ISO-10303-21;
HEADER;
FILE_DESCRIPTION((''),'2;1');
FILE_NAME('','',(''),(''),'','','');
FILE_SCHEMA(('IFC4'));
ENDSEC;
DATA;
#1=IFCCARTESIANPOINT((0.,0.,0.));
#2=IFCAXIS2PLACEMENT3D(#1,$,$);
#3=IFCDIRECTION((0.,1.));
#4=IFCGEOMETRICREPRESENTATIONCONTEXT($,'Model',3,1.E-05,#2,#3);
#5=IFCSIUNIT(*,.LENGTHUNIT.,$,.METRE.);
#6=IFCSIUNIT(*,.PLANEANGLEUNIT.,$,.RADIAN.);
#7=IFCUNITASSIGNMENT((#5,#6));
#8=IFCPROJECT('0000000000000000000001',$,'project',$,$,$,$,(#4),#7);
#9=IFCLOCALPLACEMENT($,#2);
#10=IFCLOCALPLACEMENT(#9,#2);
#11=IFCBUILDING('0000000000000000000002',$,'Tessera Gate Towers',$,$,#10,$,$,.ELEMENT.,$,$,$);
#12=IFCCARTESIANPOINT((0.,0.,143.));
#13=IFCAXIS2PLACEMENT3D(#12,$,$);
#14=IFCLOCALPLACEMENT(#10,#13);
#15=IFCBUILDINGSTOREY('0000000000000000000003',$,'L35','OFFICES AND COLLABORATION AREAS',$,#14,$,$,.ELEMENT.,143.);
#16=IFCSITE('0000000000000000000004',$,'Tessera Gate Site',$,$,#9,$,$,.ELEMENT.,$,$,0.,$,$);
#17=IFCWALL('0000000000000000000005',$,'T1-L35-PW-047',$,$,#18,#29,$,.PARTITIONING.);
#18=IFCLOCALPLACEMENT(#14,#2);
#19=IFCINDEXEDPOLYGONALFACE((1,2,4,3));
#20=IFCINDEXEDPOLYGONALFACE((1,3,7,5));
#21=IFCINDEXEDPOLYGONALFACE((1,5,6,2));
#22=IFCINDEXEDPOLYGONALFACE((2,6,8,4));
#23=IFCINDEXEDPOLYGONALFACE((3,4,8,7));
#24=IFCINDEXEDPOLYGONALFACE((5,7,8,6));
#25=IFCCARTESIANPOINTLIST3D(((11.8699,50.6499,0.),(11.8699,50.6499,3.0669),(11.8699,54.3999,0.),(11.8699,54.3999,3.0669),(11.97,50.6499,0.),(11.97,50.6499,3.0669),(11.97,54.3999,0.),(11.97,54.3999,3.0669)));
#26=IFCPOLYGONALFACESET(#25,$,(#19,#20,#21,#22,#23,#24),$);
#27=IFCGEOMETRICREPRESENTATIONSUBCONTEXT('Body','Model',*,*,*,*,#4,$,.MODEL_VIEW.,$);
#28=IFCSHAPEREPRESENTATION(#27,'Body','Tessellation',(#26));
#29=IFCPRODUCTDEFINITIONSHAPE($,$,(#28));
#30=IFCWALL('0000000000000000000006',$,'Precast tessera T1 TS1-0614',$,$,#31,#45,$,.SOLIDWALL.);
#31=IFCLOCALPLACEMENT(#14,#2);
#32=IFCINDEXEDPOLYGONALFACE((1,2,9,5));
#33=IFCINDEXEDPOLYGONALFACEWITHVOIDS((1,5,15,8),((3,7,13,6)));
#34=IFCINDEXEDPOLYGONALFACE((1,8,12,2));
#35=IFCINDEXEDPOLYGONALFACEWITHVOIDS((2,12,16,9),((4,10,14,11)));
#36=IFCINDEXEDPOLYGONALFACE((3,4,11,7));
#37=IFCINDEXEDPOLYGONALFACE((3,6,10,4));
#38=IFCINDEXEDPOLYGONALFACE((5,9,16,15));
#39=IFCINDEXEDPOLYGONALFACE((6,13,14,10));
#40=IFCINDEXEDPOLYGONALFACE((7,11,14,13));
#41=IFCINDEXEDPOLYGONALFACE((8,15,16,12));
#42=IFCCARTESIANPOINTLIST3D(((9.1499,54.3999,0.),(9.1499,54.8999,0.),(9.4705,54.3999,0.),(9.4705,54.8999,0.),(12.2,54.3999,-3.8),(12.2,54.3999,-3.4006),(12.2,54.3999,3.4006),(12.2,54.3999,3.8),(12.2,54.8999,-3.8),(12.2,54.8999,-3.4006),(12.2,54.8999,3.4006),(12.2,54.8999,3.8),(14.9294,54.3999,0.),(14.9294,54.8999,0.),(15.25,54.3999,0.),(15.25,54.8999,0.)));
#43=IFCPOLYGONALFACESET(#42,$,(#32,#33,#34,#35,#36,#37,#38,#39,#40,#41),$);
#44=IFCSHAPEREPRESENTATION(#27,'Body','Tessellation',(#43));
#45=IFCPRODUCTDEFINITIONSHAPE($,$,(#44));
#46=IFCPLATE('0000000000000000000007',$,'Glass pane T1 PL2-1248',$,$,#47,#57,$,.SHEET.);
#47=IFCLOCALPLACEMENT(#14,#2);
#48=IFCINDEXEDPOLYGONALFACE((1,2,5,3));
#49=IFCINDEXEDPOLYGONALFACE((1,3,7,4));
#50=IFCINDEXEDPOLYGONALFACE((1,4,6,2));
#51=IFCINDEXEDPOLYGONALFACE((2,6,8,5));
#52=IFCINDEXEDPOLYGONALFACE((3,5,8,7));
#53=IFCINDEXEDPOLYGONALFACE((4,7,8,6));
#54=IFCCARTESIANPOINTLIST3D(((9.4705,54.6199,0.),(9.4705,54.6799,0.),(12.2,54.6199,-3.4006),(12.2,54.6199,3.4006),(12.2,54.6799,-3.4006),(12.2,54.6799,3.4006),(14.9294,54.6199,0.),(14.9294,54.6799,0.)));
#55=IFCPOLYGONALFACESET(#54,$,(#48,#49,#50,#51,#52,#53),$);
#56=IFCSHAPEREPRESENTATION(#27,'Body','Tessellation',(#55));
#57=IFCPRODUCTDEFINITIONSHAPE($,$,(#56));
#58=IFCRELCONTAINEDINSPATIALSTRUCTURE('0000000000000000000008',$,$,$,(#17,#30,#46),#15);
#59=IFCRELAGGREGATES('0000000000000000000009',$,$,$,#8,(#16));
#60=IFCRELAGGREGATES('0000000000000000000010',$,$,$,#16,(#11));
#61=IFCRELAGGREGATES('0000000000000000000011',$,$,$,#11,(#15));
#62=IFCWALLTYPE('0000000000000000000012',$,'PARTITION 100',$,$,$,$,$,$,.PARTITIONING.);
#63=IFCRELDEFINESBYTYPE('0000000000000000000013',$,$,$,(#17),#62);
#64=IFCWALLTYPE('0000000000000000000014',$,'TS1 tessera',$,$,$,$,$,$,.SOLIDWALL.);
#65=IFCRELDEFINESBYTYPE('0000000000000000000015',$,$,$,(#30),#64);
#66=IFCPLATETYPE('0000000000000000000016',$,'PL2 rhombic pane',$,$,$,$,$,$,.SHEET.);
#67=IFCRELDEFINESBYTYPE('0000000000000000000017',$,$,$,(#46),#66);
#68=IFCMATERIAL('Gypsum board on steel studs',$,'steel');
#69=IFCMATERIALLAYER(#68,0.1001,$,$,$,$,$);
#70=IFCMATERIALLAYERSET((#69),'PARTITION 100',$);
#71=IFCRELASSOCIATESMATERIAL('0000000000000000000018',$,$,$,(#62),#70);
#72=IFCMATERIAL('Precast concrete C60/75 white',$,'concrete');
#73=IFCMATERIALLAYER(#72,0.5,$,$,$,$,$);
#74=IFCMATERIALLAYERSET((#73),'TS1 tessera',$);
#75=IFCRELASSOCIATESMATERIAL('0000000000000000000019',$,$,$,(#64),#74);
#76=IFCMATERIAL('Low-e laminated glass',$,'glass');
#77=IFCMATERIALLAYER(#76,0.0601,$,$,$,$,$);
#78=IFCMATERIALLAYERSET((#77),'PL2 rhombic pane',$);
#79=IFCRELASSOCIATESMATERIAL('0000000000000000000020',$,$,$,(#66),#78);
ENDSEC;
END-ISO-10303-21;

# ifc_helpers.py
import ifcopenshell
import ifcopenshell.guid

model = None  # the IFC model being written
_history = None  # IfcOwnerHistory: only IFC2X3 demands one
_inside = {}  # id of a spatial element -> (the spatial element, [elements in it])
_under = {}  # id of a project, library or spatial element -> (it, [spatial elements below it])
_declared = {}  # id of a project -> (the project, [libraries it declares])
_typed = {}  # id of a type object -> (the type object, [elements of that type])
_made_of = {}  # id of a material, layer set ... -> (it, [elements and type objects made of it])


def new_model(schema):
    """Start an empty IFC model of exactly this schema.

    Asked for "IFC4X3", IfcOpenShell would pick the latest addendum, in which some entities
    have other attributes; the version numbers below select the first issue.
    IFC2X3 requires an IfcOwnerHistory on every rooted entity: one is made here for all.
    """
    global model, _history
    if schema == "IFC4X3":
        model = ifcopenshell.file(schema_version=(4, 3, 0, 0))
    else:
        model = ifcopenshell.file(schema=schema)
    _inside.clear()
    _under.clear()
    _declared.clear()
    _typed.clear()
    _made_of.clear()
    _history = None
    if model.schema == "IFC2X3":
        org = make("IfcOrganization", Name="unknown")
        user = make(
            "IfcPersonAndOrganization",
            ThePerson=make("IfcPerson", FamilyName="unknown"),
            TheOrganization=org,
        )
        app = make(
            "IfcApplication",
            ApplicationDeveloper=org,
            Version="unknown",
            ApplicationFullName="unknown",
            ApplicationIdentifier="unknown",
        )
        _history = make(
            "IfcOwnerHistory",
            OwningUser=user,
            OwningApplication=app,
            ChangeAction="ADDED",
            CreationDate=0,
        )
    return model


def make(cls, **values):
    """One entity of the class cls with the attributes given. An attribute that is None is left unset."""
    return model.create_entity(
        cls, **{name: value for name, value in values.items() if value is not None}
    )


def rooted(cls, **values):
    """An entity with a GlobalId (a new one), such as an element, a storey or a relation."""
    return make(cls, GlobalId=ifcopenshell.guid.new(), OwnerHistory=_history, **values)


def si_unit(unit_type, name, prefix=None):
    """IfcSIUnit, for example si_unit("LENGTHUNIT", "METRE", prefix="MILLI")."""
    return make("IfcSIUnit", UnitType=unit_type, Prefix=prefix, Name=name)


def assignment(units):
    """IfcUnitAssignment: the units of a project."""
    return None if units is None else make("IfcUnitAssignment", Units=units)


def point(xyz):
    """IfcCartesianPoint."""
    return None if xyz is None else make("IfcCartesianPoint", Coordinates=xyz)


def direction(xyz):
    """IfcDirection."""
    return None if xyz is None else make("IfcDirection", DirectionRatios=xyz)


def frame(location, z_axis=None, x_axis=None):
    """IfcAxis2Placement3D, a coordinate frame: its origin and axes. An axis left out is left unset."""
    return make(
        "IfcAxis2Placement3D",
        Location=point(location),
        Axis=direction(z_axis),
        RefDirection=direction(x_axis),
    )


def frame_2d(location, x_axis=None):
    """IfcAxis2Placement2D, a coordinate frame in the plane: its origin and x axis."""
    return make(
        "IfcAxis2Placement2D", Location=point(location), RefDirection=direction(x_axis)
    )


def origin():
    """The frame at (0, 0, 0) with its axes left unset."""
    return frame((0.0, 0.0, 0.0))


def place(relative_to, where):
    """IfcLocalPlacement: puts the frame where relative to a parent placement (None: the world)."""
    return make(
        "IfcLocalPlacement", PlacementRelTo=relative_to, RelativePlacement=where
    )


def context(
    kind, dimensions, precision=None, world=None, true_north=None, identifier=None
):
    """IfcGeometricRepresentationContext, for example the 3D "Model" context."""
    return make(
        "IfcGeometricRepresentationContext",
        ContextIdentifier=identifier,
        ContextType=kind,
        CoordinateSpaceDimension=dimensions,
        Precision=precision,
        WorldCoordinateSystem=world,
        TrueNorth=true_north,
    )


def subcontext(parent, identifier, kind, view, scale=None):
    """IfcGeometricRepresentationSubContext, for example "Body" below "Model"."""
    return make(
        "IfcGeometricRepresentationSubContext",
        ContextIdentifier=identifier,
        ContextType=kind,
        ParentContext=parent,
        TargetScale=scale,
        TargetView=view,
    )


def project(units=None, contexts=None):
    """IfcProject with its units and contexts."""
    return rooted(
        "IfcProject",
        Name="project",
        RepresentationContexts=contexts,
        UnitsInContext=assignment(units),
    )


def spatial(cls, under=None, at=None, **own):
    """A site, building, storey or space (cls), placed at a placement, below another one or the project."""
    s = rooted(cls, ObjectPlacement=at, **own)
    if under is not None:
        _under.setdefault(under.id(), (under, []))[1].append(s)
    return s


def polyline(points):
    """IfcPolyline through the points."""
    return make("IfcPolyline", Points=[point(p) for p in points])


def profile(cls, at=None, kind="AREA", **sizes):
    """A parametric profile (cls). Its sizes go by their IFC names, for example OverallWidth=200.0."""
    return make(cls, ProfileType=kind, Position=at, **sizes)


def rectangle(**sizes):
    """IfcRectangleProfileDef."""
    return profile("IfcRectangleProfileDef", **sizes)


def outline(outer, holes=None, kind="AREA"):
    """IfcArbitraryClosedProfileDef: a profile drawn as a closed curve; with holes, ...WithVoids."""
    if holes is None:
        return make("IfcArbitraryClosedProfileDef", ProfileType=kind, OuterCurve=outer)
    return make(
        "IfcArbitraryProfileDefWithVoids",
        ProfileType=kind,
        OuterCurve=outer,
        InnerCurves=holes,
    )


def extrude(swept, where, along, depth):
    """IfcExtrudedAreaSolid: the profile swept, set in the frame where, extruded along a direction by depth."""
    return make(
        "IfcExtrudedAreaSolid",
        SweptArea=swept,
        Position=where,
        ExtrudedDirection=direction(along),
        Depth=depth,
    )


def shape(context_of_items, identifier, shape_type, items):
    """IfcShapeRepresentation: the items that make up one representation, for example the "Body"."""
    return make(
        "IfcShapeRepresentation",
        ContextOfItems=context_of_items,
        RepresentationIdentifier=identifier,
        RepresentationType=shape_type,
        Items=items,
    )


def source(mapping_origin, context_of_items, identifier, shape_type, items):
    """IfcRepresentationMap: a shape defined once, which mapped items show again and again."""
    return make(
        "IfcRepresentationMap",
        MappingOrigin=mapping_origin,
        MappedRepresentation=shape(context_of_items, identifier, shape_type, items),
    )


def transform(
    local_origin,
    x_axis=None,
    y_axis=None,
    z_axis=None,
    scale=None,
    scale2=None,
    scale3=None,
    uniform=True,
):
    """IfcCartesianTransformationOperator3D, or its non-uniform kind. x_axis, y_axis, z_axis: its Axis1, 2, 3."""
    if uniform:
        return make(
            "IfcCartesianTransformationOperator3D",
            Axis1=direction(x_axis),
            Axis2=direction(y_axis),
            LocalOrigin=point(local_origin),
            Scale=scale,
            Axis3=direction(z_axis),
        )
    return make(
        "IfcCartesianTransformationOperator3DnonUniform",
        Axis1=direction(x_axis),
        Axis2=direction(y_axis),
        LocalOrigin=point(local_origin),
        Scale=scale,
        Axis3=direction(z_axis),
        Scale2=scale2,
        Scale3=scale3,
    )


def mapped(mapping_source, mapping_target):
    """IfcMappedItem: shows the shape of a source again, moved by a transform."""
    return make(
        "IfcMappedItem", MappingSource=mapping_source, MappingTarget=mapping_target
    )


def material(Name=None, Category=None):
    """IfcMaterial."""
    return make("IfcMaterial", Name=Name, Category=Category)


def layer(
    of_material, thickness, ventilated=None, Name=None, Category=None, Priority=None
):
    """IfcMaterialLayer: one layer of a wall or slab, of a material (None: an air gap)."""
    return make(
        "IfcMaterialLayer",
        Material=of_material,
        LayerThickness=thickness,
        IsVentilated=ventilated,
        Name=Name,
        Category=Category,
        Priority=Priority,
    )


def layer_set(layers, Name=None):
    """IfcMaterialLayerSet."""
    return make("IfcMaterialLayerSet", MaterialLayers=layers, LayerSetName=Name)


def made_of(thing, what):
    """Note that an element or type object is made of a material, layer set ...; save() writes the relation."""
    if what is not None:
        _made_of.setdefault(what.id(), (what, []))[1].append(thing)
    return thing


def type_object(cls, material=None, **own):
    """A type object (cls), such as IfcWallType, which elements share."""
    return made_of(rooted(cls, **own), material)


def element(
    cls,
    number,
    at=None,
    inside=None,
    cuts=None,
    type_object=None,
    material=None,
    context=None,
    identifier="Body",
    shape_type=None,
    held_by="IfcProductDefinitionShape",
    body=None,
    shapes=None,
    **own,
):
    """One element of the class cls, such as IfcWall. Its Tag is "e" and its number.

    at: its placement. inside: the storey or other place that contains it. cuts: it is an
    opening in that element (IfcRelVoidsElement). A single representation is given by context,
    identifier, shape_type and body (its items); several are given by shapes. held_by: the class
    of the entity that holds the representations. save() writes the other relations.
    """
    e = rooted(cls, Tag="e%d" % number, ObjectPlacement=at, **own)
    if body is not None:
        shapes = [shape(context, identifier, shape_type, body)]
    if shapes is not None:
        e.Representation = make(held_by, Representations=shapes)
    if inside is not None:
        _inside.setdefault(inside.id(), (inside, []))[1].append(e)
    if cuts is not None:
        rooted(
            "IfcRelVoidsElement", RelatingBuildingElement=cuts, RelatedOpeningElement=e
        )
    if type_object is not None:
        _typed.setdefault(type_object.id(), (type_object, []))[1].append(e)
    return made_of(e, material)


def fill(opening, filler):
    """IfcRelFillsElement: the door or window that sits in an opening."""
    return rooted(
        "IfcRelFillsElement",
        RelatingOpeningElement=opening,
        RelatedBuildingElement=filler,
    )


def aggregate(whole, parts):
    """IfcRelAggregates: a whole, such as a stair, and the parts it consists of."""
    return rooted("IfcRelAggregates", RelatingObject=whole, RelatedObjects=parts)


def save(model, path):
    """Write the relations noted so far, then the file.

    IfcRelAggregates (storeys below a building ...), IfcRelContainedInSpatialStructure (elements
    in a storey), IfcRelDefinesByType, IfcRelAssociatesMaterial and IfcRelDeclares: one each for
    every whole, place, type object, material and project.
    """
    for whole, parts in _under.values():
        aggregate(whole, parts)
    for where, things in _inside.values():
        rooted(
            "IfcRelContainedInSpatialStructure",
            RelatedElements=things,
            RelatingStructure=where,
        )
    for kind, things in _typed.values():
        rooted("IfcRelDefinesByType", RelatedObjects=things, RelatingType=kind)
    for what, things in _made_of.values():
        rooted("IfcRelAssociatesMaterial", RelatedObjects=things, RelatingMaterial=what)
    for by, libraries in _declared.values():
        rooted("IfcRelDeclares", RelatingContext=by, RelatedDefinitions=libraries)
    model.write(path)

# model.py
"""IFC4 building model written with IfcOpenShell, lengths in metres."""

from ifc_helpers import new_model, si_unit, direction, frame, frame_2d, origin, place, context, subcontext, project, spatial, polyline, rectangle, outline, extrude, source, transform, mapped, material, layer, layer_set, type_object, element, fill, save


model = new_model("IFC4")

# Units and contexts
model_context = context("Model", 3, precision=1e-05, world=origin(), true_north=direction((0.0, 1.0)))
body_context = subcontext(model_context, "Body", "Model", "MODEL_VIEW")
ifc_project = project(units=[si_unit("LENGTHUNIT", "METRE"), si_unit("PLANEANGLEUNIT", "RADIAN")], contexts=[model_context])

# Site, building, storey
site_placement = place(None, origin())
site = spatial("IfcSite", under=ifc_project, at=site_placement, Name="Tessera Gate Site", CompositionType="ELEMENT", RefElevation=0.0)
building_placement = place(site_placement, origin())
building = spatial("IfcBuilding", under=site, at=building_placement, Name="Tessera Gate Towers", CompositionType="ELEMENT")
storey_placement = place(building_placement, frame((0.0, 0.0, 143.0)))
storey = spatial("IfcBuildingStorey", under=building, at=storey_placement, Name="L35", Description="OFFICES AND COLLABORATION AREAS", CompositionType="ELEMENT", Elevation=143.0)

# Wall
ifc_material_1 = material(Name="Gypsum board on steel studs", Category="steel")
ifc_layer_1 = layer(ifc_material_1, 0.1001)
ifc_layer_set_1 = layer_set([ifc_layer_1], Name="PARTITION 100")
wall_type_1 = type_object("IfcWallType", Name="PARTITION 100", PredefinedType="PARTITIONING", material=ifc_layer_set_1)
wall_1_placement = place(storey_placement, frame((11.9199, 50.6499, 0.0), z_axis=(0.0, 0.0, 1.0), x_axis=(0.0, 1.0, 0.0)))
element("IfcWall", 1, at=wall_1_placement, inside=storey, type_object=wall_type_1, Name="T1-L35-PW-047", PredefinedType="PARTITIONING", context=body_context, shape_type="SweptSolid", body=[
    extrude(rectangle(XDim=3.75, YDim=0.1001, at=frame_2d((1.875, 0.0))), origin(), (0.0, 0.0, 1.0), 3.0669),
])

# Wall, opening, plate
ifc_material_2 = material(Name="Precast concrete C60/75 white", Category="concrete")
ifc_layer_2 = layer(ifc_material_2, 0.5)
ifc_layer_set_2 = layer_set([ifc_layer_2], Name="TS1 tessera")
wall_type_2 = type_object("IfcWallType", Name="TS1 tessera", PredefinedType="SOLIDWALL", material=ifc_layer_set_2)
shared_shape_1 = source(origin(), body_context, "Body", "SweptSolid", [
    extrude(outline(polyline([(3.05, 0.0), (6.1001, 3.8), (3.05, 7.6001), (0.0, 3.8), (3.05, 0.0)])), frame((0.0, 0.25, 0.0), z_axis=(0.0, -1.0, 0.0), x_axis=(1.0, 0.0, 0.0)), (0.0, 0.0, 1.0), 0.5),
])
wall_2_placement = place(storey_placement, frame((15.25, 54.6499, -3.8), z_axis=(0.0, 0.0, 1.0), x_axis=(-1.0, 0.0, 0.0)))
wall_2 = element("IfcWall", 2, at=wall_2_placement, inside=storey, type_object=wall_type_2, Name="Precast tessera T1 TS1-0614", PredefinedType="SOLIDWALL", context=body_context, shape_type="MappedRepresentation", body=[
    mapped(shared_shape_1, transform((0.0, 0.0, 0.0), scale=1.0)),
])
shared_shape_2 = source(origin(), body_context, "Body", "SweptSolid", [
    extrude(outline(polyline([(3.05, 0.3994), (5.7795, 3.8), (3.05, 7.2007), (0.3206, 3.8), (3.05, 0.3994)])), frame((0.0, 0.26, 0.0), z_axis=(0.0, -1.0, 0.0), x_axis=(1.0, 0.0, 0.0)), (0.0, 0.0, 1.0), 0.52),
])
opening_1_placement = place(wall_2_placement, origin())
opening_1 = element("IfcOpeningElement", 3, at=opening_1_placement, cuts=wall_2, PredefinedType="OPENING", context=body_context, shape_type="MappedRepresentation", body=[
    mapped(shared_shape_2, transform((0.0, 0.0, 0.0), scale=1.0)),
])
ifc_material_3 = material(Name="Low-e laminated glass", Category="glass")
ifc_layer_3 = layer(ifc_material_3, 0.0601)
ifc_layer_set_3 = layer_set([ifc_layer_3], Name="PL2 rhombic pane")
plate_type = type_object("IfcPlateType", Name="PL2 rhombic pane", PredefinedType="SHEET", material=ifc_layer_set_3)
shared_shape_3 = source(origin(), body_context, "Body", "SweptSolid", [
    extrude(outline(polyline([(3.05, 0.3994), (5.7795, 3.8), (3.05, 7.2007), (0.3206, 3.8), (3.05, 0.3994)])), frame((0.0, 0.03, 0.0), z_axis=(0.0, -1.0, 0.0), x_axis=(1.0, 0.0, 0.0)), (0.0, 0.0, 1.0), 0.0601),
])
plate_placement = place(opening_1_placement, origin())
plate = element("IfcPlate", 4, at=plate_placement, inside=storey, type_object=plate_type, Name="Glass pane T1 PL2-1248", PredefinedType="SHEET", context=body_context, shape_type="MappedRepresentation", body=[
    mapped(shared_shape_3, transform((0.0, 0.0, 0.0), scale=1.0)),
])
fill(opening_1, plate)

save(model, "model.ifc")
